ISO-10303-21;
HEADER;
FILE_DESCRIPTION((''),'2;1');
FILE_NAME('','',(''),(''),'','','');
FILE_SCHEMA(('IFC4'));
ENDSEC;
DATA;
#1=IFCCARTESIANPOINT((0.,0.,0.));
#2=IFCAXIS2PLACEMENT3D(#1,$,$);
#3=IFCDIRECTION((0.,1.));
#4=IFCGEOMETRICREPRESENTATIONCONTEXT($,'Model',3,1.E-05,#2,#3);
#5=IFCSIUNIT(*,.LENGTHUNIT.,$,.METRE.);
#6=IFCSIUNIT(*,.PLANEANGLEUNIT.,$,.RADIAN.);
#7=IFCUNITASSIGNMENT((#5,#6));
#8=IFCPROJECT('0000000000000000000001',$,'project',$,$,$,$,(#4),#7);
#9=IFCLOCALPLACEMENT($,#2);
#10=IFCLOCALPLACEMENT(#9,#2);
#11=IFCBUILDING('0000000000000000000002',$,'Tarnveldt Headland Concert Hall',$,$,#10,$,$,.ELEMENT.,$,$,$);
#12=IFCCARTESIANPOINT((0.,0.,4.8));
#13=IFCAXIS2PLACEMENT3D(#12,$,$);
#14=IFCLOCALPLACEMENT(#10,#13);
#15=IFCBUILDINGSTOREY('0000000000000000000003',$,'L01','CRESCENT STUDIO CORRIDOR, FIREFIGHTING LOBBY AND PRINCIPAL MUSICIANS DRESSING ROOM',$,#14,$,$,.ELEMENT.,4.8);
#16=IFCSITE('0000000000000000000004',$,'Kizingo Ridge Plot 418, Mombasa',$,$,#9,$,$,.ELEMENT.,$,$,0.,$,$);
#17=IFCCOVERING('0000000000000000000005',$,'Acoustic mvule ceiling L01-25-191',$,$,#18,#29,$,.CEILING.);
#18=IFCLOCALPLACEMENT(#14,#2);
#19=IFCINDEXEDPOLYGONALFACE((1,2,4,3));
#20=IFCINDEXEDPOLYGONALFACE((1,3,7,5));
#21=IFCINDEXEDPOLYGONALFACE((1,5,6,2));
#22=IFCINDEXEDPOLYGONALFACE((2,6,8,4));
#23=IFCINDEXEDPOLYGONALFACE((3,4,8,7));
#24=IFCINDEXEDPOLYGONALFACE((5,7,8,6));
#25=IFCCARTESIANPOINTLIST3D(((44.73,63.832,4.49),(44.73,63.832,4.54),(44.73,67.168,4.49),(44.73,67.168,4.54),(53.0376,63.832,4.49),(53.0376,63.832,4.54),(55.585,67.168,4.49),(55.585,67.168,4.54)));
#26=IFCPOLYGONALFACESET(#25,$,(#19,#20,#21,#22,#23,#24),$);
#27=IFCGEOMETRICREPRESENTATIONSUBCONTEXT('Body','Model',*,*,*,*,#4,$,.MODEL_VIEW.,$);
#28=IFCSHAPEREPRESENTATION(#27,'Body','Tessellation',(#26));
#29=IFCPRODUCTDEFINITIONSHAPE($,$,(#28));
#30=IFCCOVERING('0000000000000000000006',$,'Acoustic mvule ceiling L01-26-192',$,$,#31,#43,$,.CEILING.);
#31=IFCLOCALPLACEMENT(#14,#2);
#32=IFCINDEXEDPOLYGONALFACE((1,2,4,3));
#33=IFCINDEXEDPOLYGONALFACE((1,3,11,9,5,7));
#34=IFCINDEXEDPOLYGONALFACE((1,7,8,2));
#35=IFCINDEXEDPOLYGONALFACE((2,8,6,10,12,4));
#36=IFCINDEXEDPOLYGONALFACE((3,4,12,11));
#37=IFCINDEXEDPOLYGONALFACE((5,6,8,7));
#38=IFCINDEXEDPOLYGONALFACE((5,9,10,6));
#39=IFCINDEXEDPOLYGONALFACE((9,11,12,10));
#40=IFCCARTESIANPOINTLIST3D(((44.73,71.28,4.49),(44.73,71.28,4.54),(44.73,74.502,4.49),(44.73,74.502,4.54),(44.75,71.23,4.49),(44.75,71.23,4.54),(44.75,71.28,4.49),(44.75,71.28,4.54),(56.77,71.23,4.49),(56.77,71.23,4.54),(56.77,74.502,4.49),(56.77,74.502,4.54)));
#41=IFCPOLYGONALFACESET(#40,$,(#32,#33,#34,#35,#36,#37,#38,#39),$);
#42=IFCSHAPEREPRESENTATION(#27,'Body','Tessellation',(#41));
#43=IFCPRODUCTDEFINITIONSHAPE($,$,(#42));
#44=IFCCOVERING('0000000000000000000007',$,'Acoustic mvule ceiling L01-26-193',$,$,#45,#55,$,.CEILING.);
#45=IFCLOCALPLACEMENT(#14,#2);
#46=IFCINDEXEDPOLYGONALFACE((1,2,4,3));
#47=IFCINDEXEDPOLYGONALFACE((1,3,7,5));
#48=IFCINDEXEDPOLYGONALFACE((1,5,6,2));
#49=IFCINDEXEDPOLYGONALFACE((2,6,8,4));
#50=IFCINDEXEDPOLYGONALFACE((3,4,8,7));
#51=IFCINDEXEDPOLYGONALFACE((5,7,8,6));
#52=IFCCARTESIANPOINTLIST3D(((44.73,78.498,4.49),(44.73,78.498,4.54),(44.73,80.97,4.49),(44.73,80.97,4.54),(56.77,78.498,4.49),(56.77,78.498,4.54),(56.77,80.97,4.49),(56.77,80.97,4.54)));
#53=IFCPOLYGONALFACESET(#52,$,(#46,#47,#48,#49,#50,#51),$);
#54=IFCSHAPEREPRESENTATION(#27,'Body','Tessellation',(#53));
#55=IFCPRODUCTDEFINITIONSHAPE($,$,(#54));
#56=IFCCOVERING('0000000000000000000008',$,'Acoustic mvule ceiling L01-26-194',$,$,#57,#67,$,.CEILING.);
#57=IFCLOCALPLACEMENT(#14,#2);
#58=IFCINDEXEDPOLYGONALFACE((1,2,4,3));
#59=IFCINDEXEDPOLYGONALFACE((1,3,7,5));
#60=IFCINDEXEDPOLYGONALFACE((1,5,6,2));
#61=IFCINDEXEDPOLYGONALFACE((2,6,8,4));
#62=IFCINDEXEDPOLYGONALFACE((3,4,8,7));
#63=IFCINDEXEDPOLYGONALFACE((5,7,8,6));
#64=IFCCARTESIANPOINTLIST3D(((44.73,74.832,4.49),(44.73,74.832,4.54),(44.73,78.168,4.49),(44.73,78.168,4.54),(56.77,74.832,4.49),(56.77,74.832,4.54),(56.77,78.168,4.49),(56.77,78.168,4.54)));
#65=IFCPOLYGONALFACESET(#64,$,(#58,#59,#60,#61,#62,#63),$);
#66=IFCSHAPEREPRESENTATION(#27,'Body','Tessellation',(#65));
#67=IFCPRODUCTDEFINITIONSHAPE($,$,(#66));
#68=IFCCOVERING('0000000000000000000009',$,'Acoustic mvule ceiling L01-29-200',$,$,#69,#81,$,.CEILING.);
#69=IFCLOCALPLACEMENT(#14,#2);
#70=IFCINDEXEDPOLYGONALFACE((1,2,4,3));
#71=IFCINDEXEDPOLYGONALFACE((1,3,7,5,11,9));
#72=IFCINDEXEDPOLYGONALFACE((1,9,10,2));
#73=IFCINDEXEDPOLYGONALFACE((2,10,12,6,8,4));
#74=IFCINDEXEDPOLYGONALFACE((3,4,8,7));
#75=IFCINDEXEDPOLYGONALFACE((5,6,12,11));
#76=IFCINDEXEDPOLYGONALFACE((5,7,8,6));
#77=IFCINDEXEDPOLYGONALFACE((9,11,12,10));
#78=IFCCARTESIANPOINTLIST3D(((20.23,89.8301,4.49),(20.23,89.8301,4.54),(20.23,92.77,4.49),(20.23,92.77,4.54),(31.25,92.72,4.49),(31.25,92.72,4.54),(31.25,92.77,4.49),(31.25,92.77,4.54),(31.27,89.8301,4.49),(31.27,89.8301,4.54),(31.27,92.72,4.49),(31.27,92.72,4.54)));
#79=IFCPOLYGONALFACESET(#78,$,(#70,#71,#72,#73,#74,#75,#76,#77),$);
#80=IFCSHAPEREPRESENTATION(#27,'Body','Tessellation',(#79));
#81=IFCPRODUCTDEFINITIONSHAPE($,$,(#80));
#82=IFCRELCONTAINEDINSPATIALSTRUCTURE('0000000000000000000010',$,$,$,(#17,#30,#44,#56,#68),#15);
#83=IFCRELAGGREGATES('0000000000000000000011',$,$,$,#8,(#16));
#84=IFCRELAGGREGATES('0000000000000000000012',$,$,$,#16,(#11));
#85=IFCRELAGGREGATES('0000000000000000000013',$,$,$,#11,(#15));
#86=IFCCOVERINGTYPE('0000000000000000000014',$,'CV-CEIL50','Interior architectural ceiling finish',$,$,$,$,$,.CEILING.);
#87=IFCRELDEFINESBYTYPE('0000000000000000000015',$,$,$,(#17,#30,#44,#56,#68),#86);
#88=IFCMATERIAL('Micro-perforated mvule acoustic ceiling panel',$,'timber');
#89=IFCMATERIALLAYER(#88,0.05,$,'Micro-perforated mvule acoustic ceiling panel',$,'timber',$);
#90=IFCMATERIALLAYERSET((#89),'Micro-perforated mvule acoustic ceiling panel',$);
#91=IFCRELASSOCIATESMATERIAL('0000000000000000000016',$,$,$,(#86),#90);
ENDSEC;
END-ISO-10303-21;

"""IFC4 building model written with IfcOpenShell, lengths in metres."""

from ifc_helpers import new_model, si_unit, direction, frame, origin, place, context, subcontext, project, spatial, polyline, outline, extrude, material, layer, layer_set, type_object, element, save


model = new_model("IFC4")

# Units and contexts
model_context = context("Model", 3, precision=1e-05, world=origin(), true_north=direction((0.0, 1.0)))
body_context = subcontext(model_context, "Body", "Model", "MODEL_VIEW")
ifc_project = project(units=[si_unit("LENGTHUNIT", "METRE"), si_unit("PLANEANGLEUNIT", "RADIAN")], contexts=[model_context])

# Site, building, storey
site_placement = place(None, origin())
site = spatial("IfcSite", under=ifc_project, at=site_placement, Name="Kizingo Ridge Plot 418, Mombasa", CompositionType="ELEMENT", RefElevation=0.0)
building_placement = place(site_placement, origin())
building = spatial("IfcBuilding", under=site, at=building_placement, Name="Tarnveldt Headland Concert Hall", CompositionType="ELEMENT")
storey_placement = place(building_placement, frame((0.0, 0.0, 4.8)))
storey = spatial("IfcBuildingStorey", under=building, at=storey_placement, Name="L01", Description="CRESCENT STUDIO CORRIDOR, FIREFIGHTING LOBBY AND PRINCIPAL MUSICIANS DRESSING ROOM", CompositionType="ELEMENT", Elevation=4.8)

# Coverings
ifc_material = material(Name="Micro-perforated mvule acoustic ceiling panel", Category="timber")
ifc_layer = layer(ifc_material, 0.05, Name="Micro-perforated mvule acoustic ceiling panel", Category="timber")
ifc_layer_set = layer_set([ifc_layer], Name="Micro-perforated mvule acoustic ceiling panel")
covering_type = type_object("IfcCoveringType", Name="CV-CEIL50", Description="Interior architectural ceiling finish", PredefinedType="CEILING", material=ifc_layer_set)
covering_1_placement = place(storey_placement, frame((0.0, 0.0, 4.49)))
element("IfcCovering", 1, at=covering_1_placement, inside=storey, type_object=covering_type, Name="Acoustic mvule ceiling L01-25-191", PredefinedType="CEILING", context=body_context, shape_type="SweptSolid", body=[
    extrude(outline(polyline([(44.73, 67.168), (55.585, 67.168), (53.0376, 63.832), (44.73, 63.832), (44.73, 67.168)])), origin(), (0.0, 0.0, 1.0), 0.05),
])
covering_2_placement = place(storey_placement, frame((0.0, 0.0, 4.49)))
element("IfcCovering", 2, at=covering_2_placement, inside=storey, type_object=covering_type, Name="Acoustic mvule ceiling L01-26-192", PredefinedType="CEILING", context=body_context, shape_type="SweptSolid", body=[
    extrude(outline(polyline([(56.77, 71.23), (44.75, 71.23), (44.75, 71.28), (44.73, 71.28), (44.73, 74.502), (56.77, 74.502), (56.77, 71.23)])), origin(), (0.0, 0.0, 1.0), 0.05),
])
covering_3_placement = place(storey_placement, frame((0.0, 0.0, 4.49)))
element("IfcCovering", 3, at=covering_3_placement, inside=storey, type_object=covering_type, Name="Acoustic mvule ceiling L01-26-193", PredefinedType="CEILING", context=body_context, shape_type="SweptSolid", body=[
    extrude(outline(polyline([(56.77, 78.498), (44.73, 78.498), (44.73, 80.97), (56.77, 80.97), (56.77, 78.498)])), origin(), (0.0, 0.0, 1.0), 0.05),
])
covering_4_placement = place(storey_placement, frame((0.0, 0.0, 4.49)))
element("IfcCovering", 4, at=covering_4_placement, inside=storey, type_object=covering_type, Name="Acoustic mvule ceiling L01-26-194", PredefinedType="CEILING", context=body_context, shape_type="SweptSolid", body=[
    extrude(outline(polyline([(44.73, 74.832), (44.73, 78.168), (56.77, 78.168), (56.77, 74.832), (44.73, 74.832)])), origin(), (0.0, 0.0, 1.0), 0.05),
])
covering_5_placement = place(storey_placement, frame((0.0, 0.0, 4.49)))
element("IfcCovering", 5, at=covering_5_placement, inside=storey, type_object=covering_type, Name="Acoustic mvule ceiling L01-29-200", PredefinedType="CEILING", context=body_context, shape_type="SweptSolid", body=[
    extrude(outline(polyline([(20.23, 92.77), (31.25, 92.77), (31.25, 92.72), (31.27, 92.72), (31.27, 89.8301), (20.23, 89.8301), (20.23, 92.77)])), origin(), (0.0, 0.0, 1.0), 0.05),
])

save(model, "model.ifc")
